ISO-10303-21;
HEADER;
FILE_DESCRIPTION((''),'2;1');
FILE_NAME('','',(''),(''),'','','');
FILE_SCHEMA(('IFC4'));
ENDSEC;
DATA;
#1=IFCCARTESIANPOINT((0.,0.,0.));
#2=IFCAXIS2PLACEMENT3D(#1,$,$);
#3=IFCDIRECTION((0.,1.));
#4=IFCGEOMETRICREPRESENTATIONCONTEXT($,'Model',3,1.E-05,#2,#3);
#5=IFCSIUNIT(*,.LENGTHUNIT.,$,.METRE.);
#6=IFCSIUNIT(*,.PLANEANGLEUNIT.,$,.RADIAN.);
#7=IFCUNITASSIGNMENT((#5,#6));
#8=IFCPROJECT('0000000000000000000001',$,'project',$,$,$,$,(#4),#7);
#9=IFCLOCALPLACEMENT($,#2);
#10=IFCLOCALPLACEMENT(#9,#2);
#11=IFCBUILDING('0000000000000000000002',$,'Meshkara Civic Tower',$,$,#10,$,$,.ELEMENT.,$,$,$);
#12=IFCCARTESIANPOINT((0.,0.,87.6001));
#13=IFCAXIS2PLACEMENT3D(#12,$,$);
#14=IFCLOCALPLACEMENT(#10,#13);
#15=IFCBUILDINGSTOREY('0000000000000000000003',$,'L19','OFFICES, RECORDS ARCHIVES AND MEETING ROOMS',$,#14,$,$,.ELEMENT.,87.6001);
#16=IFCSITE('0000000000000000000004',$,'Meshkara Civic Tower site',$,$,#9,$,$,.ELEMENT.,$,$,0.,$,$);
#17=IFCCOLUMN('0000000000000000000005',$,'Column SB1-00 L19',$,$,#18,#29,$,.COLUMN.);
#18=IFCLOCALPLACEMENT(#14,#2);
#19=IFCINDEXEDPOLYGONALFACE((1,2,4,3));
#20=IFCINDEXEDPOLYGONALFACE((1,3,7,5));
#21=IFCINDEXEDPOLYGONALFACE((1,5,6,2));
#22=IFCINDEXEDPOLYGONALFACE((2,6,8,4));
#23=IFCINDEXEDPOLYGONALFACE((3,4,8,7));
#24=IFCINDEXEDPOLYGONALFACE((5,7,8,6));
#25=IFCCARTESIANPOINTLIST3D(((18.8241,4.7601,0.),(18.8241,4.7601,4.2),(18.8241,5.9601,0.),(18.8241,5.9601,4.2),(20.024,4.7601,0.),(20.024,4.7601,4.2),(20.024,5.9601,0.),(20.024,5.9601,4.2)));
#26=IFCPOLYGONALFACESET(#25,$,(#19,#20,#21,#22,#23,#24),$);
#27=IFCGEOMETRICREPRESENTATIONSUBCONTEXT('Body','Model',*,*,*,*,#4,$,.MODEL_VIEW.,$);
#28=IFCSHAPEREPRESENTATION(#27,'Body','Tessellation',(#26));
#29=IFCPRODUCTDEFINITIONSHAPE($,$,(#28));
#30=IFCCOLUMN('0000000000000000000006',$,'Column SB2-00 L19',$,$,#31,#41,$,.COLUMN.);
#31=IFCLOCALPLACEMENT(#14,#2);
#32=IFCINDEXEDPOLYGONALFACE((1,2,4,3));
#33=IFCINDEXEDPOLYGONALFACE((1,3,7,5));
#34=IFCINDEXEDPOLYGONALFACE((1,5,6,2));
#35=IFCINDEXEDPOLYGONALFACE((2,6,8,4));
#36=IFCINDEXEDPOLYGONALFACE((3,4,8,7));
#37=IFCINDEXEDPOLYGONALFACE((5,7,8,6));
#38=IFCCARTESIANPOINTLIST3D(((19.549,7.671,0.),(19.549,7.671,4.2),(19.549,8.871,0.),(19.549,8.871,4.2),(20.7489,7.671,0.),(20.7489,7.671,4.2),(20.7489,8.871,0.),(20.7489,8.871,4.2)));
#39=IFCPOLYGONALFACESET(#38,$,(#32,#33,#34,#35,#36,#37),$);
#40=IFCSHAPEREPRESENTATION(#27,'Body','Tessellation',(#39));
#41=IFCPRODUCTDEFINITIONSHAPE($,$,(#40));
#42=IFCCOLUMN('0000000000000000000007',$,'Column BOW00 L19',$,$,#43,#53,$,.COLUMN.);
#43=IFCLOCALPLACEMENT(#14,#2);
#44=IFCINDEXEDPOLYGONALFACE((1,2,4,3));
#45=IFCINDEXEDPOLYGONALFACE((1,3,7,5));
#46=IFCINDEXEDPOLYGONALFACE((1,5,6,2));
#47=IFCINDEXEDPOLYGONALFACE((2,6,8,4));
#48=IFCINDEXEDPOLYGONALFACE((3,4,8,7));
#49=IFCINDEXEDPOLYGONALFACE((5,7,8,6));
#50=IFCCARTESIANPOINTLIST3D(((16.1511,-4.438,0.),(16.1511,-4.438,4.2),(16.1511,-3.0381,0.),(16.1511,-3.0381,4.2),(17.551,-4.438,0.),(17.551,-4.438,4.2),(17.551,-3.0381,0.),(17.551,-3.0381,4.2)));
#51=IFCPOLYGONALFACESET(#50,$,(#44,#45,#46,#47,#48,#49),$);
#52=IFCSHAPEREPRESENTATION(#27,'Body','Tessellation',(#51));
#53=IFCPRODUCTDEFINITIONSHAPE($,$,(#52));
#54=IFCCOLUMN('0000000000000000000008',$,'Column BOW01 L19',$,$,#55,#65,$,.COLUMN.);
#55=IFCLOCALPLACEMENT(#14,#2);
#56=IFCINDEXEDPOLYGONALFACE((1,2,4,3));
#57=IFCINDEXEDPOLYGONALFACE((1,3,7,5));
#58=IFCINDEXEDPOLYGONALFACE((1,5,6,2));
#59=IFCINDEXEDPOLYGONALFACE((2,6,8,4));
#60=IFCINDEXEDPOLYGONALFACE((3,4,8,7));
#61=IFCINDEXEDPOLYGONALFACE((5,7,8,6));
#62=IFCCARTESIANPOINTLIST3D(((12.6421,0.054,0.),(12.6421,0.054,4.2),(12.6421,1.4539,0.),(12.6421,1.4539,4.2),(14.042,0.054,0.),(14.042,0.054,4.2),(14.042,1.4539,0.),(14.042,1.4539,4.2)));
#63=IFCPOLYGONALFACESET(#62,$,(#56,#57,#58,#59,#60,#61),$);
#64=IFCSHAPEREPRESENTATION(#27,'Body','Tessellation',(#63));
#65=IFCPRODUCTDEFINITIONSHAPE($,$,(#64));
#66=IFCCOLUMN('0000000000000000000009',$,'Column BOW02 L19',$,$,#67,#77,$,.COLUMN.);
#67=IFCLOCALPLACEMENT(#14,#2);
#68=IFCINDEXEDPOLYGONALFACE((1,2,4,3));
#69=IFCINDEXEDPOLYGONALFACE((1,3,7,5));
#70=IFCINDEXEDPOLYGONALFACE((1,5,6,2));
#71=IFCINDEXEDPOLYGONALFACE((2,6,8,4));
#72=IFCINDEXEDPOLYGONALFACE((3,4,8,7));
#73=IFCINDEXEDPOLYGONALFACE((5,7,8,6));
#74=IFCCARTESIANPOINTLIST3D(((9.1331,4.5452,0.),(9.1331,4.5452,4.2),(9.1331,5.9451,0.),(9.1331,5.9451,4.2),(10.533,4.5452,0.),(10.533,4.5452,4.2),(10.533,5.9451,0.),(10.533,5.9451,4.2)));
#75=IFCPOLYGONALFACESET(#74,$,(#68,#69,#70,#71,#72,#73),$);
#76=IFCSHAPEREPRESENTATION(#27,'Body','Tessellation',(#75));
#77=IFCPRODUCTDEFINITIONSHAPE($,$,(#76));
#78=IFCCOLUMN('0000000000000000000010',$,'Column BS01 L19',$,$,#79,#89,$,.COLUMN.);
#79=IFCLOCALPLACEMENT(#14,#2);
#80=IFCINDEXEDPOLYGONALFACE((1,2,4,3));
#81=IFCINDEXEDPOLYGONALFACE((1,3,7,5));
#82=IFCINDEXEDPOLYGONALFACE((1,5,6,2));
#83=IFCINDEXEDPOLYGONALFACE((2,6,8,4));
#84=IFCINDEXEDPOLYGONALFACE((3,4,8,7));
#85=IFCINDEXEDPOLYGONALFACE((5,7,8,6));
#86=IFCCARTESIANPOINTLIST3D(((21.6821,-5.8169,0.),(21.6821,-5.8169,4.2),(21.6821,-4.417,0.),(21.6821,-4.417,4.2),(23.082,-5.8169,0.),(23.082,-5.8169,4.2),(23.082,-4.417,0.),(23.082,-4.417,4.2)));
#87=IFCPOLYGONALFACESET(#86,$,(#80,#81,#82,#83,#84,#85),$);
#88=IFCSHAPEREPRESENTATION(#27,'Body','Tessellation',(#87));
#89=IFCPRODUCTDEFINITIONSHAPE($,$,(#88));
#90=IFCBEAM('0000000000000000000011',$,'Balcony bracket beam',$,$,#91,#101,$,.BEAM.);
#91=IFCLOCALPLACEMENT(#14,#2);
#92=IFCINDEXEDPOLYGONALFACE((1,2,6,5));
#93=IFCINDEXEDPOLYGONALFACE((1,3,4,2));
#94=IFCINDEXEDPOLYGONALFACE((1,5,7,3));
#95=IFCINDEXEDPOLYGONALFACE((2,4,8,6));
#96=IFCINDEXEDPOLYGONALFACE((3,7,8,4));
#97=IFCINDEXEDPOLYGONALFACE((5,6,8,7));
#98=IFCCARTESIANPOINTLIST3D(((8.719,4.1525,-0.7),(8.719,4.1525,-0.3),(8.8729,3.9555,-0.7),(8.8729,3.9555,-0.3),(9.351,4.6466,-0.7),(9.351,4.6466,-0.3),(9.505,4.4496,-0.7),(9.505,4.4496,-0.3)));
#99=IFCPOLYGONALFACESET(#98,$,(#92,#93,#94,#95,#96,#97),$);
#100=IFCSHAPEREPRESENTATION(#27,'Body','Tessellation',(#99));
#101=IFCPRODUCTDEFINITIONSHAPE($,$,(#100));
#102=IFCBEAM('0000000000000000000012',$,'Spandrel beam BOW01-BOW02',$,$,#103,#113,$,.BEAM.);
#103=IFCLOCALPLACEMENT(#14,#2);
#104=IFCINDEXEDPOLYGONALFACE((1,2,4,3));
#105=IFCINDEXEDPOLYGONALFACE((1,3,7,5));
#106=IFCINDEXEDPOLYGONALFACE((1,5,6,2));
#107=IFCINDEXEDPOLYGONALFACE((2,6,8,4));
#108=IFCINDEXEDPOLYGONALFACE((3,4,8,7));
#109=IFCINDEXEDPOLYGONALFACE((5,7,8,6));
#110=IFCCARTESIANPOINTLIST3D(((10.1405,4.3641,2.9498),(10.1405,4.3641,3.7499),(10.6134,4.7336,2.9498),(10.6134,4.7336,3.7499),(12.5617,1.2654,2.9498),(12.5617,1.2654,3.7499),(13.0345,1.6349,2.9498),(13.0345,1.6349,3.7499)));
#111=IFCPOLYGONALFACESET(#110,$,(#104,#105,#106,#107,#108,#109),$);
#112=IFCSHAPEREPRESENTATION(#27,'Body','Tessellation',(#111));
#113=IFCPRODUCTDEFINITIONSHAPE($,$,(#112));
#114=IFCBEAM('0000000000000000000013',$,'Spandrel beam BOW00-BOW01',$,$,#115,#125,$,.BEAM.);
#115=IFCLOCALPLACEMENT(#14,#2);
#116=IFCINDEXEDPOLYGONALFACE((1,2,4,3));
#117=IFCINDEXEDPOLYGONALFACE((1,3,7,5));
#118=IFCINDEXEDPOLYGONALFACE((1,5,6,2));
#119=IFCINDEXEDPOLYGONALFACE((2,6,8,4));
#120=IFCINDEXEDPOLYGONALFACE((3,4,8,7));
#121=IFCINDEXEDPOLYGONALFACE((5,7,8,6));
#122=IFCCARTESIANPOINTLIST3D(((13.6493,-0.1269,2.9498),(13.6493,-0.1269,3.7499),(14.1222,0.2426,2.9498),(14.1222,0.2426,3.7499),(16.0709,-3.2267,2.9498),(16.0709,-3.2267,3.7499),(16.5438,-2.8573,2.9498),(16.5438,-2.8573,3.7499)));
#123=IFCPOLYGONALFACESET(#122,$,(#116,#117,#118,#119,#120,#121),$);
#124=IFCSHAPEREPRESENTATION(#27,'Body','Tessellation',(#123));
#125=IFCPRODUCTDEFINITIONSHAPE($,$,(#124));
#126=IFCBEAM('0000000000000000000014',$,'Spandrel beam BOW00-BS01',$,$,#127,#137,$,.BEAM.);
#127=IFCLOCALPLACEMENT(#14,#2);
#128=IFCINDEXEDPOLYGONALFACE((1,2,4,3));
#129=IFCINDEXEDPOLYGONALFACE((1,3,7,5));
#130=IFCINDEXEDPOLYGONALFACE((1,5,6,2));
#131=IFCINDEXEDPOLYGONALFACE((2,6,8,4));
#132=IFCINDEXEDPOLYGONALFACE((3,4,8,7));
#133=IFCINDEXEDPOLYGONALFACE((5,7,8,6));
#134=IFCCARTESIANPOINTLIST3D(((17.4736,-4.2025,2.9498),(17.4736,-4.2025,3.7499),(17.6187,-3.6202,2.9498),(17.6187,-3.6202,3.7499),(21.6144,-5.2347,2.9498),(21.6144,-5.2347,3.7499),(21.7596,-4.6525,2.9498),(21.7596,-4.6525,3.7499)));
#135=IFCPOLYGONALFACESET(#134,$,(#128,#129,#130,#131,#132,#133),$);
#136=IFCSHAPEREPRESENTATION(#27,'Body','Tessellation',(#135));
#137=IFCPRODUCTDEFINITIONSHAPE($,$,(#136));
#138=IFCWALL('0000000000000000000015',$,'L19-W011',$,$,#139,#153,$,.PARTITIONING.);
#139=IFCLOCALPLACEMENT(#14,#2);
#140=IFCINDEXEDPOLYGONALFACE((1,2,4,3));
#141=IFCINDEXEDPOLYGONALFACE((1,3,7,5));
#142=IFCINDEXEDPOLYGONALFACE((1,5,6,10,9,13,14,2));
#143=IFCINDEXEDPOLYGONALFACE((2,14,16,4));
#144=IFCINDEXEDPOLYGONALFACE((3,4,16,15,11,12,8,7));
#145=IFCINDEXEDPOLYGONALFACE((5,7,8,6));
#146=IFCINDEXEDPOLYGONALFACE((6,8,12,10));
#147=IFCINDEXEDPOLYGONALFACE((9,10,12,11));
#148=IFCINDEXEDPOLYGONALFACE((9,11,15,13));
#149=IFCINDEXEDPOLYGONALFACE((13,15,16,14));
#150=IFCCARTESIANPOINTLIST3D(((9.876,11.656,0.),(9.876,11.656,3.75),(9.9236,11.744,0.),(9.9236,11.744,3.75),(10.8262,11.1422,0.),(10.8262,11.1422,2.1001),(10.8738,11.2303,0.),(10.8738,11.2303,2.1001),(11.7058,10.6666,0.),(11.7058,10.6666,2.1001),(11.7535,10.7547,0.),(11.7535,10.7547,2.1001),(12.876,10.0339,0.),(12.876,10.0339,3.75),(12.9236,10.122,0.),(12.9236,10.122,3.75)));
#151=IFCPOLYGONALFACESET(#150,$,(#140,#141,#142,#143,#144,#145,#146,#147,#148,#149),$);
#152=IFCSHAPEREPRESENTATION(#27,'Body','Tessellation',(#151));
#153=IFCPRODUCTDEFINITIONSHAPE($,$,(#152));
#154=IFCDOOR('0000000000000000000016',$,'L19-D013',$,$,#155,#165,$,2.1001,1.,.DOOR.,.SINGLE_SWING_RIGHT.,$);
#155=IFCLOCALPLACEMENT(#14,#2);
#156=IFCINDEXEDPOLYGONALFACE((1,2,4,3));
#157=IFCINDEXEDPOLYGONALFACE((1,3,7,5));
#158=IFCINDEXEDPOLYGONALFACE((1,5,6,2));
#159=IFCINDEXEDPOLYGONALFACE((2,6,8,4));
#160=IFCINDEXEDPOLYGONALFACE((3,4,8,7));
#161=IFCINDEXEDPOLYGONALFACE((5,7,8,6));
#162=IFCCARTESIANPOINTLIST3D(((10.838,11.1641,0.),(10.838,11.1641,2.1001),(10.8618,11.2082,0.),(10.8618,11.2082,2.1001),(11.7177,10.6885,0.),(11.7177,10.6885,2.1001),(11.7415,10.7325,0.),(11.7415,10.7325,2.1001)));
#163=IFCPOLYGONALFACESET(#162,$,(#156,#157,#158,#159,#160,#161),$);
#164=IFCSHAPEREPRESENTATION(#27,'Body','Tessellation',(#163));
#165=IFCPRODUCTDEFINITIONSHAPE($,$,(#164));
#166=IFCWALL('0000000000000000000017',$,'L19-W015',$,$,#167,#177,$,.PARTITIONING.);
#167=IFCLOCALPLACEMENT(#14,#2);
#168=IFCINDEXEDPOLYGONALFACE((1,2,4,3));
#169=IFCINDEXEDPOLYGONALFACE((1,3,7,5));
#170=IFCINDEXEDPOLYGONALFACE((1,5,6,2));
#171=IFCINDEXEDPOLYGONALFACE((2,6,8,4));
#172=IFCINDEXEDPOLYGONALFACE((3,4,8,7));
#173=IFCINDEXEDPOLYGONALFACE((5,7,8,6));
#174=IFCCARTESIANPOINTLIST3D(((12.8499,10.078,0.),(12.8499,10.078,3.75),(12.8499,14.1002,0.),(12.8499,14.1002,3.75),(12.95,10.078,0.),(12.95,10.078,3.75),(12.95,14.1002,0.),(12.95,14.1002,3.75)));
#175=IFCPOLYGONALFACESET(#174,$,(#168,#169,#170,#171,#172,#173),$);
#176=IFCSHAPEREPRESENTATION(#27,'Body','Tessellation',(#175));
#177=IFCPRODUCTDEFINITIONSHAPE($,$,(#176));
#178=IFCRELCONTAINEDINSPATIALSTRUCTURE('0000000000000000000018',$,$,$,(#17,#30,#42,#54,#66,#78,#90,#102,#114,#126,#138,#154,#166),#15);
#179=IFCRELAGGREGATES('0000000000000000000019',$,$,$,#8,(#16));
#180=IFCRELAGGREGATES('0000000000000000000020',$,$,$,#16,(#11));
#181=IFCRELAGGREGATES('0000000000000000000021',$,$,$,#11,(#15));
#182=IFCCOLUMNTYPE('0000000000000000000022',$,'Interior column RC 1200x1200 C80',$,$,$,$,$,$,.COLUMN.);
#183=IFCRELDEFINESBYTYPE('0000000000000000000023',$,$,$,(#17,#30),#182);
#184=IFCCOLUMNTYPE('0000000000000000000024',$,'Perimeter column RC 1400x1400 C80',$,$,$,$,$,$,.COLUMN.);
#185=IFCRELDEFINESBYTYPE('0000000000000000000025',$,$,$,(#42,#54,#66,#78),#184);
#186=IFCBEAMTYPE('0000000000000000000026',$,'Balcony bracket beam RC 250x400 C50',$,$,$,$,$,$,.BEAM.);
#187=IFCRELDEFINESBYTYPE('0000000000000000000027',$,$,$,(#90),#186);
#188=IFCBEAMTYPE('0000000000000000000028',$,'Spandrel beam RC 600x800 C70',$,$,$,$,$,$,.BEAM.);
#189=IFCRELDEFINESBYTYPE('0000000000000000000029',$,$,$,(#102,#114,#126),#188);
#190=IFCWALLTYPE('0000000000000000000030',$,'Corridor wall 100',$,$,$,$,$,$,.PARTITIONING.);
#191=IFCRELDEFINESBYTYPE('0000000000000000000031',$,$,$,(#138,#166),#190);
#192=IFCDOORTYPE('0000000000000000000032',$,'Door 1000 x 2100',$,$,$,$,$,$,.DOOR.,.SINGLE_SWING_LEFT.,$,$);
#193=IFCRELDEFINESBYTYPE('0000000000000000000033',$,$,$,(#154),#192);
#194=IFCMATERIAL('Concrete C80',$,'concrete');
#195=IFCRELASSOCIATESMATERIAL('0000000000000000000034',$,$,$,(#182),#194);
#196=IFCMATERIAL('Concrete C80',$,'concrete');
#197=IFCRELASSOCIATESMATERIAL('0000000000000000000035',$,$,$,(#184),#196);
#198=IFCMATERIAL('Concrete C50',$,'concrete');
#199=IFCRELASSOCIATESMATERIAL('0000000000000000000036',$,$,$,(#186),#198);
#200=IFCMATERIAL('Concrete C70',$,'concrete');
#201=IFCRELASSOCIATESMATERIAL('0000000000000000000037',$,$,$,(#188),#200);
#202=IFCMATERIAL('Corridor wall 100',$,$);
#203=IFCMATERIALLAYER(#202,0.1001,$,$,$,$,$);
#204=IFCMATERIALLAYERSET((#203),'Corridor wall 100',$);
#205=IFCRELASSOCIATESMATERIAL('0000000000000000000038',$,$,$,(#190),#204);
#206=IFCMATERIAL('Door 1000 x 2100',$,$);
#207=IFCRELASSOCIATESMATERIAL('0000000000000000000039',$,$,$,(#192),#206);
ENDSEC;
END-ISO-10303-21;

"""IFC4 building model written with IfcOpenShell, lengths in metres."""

from ifc_helpers import new_model, si_unit, direction, frame, frame_2d, origin, origin_2d, place, context, subcontext, project, spatial, rectangle, extrude, material, layer, layer_set, material_profile, profile_set, type_object, element, fill, save


model = new_model("IFC4")

# Units and contexts
model_context = context("Model", 3, precision=1e-05, world=origin(), true_north=direction((0.0, 1.0)))
body_context = subcontext(model_context, "Body", "Model", "MODEL_VIEW")
ifc_project = project(units=[si_unit("LENGTHUNIT", "METRE"), si_unit("PLANEANGLEUNIT", "RADIAN")], contexts=[model_context])

# Site, building, storey
site_placement = place(None, origin())
site = spatial("IfcSite", under=ifc_project, at=site_placement, Name="Meshkara Civic Tower site", CompositionType="ELEMENT", RefElevation=0.0)
building_placement = place(site_placement, origin())
building = spatial("IfcBuilding", under=site, at=building_placement, Name="Meshkara Civic Tower", CompositionType="ELEMENT")
storey_placement = place(building_placement, frame((0.0, 0.0, 87.6001)))
storey = spatial("IfcBuildingStorey", under=building, at=storey_placement, Name="L19", Description="OFFICES, RECORDS ARCHIVES AND MEETING ROOMS", CompositionType="ELEMENT", Elevation=87.6001)

# Columns
ifc_material_1 = material(Name="Concrete C80", Category="concrete")
ifc_material_profile_1 = material_profile(ifc_material_1, rectangle(XDim=1.2, YDim=1.2, at=origin_2d()))
ifc_profile_set_1 = profile_set([ifc_material_profile_1], Name="Concrete C80")
column_type_1 = type_object("IfcColumnType", Name="Interior column RC 1200x1200 C80", PredefinedType="COLUMN", material=ifc_profile_set_1)
for number, where, z_axis, x_axis, name in (
    (1, (19.4241, 5.3601, 0.0), (0.0, 0.0, 1.0), (1.0, 0.0, 0.0), "Column SB1-00 L19"),
    (2, (20.1489, 8.271, 0.0), (0.0, 0.0, 1.0), (1.0, 0.0, 0.0), "Column SB2-00 L19"),
):
    element("IfcColumn", number, at=place(storey_placement, frame(where, z_axis=z_axis, x_axis=x_axis)), inside=storey, type_object=column_type_1, Name=name, PredefinedType="COLUMN", context=body_context, shape_type="SweptSolid", body=[
        extrude(rectangle(XDim=1.2, YDim=1.2, at=origin_2d()), origin(), (0.0, 0.0, 1.0), 4.2),
    ])
ifc_material_2 = material(Name="Concrete C80", Category="concrete")
ifc_material_profile_2 = material_profile(ifc_material_2, rectangle(XDim=1.3999, YDim=1.3999, at=origin_2d()))
ifc_profile_set_2 = profile_set([ifc_material_profile_2], Name="Concrete C80")
column_type_2 = type_object("IfcColumnType", Name="Perimeter column RC 1400x1400 C80", PredefinedType="COLUMN", material=ifc_profile_set_2)
for number, where, z_axis, x_axis, name in (
    (3, (16.8511, -3.738, 0.0), (0.0, 0.0, 1.0), (1.0, 0.0, 0.0), "Column BOW00 L19"),
    (4, (13.342, 0.7539, 0.0), (0.0, 0.0, 1.0), (1.0, 0.0, 0.0), "Column BOW01 L19"),
    (5, (9.833, 5.2451, 0.0), (0.0, 0.0, 1.0), (1.0, 0.0, 0.0), "Column BOW02 L19"),
    (6, (22.3821, -5.1169, 0.0), (0.0, 0.0, 1.0), (1.0, 0.0, 0.0), "Column BS01 L19"),
):
    element("IfcColumn", number, at=place(storey_placement, frame(where, z_axis=z_axis, x_axis=x_axis)), inside=storey, type_object=column_type_2, Name=name, PredefinedType="COLUMN", context=body_context, shape_type="SweptSolid", body=[
        extrude(rectangle(XDim=1.3999, YDim=1.3999, at=origin_2d()), origin(), (0.0, 0.0, 1.0), 4.2),
    ])

# Beams
ifc_material_3 = material(Name="Concrete C50", Category="concrete")
ifc_material_profile_3 = material_profile(ifc_material_3, rectangle(XDim=0.25, YDim=0.3999, at=origin_2d()))
ifc_profile_set_3 = profile_set([ifc_material_profile_3], Name="Concrete C50")
beam_type_1 = type_object("IfcBeamType", Name="Balcony bracket beam RC 250x400 C50", PredefinedType="BEAM", material=ifc_profile_set_3)
beam_1_placement = place(storey_placement, frame((9.428, 4.5481, -0.5), z_axis=(-0.787826, -0.615898, 0.0), x_axis=(0.615898, -0.787826, 0.0)))
element("IfcBeam", 7, at=beam_1_placement, inside=storey, type_object=beam_type_1, Name="Balcony bracket beam", PredefinedType="BEAM", context=body_context, shape_type="SweptSolid", body=[
    extrude(rectangle(XDim=0.25, YDim=0.3999, at=origin_2d()), origin(), (0.0, 0.0, 1.0), 0.8022),
])
ifc_material_4 = material(Name="Concrete C70", Category="concrete")
ifc_material_profile_4 = material_profile(ifc_material_4, rectangle(XDim=0.6001, YDim=0.8, at=origin_2d()))
ifc_profile_set_4 = profile_set([ifc_material_profile_4], Name="Concrete C70")
beam_type_2 = type_object("IfcBeamType", Name="Spandrel beam RC 600x800 C70", PredefinedType="BEAM", material=ifc_profile_set_4)
beam_2_placement = place(storey_placement, frame((10.377, 4.5488, 3.3499), z_axis=(0.615697, -0.787983, 0.0), x_axis=(0.787983, 0.615697, 0.0)))
element("IfcBeam", 8, at=beam_2_placement, inside=storey, type_object=beam_type_2, Name="Spandrel beam BOW01-BOW02", PredefinedType="BEAM", context=body_context, shape_type="SweptSolid", body=[
    extrude(rectangle(XDim=0.6001, YDim=0.8, at=origin_2d()), origin(), (0.0, 0.0, 1.0), 3.9324),
])
beam_3_placement = place(storey_placement, frame((13.8857, 0.0579, 3.3499), z_axis=(0.615624, -0.78804, 0.0), x_axis=(0.78804, 0.615624, 0.0)))
element("IfcBeam", 9, at=beam_3_placement, inside=storey, type_object=beam_type_2, Name="Spandrel beam BOW00-BOW01", PredefinedType="BEAM", context=body_context, shape_type="SweptSolid", body=[
    extrude(rectangle(XDim=0.6001, YDim=0.8, at=origin_2d()), origin(), (0.0, 0.0, 1.0), 3.9336),
])
beam_4_placement = place(storey_placement, frame((17.5461, -3.9114, 3.3499), z_axis=(0.970307, -0.241876, 0.0), x_axis=(0.241876, 0.970307, 0.0)))
element("IfcBeam", 10, at=beam_4_placement, inside=storey, type_object=beam_type_2, Name="Spandrel beam BOW00-BS01", PredefinedType="BEAM", context=body_context, shape_type="SweptSolid", body=[
    extrude(rectangle(XDim=0.6001, YDim=0.8, at=origin_2d()), origin(), (0.0, 0.0, 1.0), 4.2676),
])

# Wall, opening, door
ifc_material_5 = material(Name="Corridor wall 100")
ifc_layer_1 = layer(ifc_material_5, 0.1001)
ifc_layer_set_1 = layer_set([ifc_layer_1], Name="Corridor wall 100")
wall_type_1 = type_object("IfcWallType", Name="Corridor wall 100", PredefinedType="PARTITIONING", material=ifc_layer_set_1)
wall_1_placement = place(storey_placement, frame((9.8999, 11.7, 0.0), z_axis=(0.0, 0.0, 1.0), x_axis=(0.879651, -0.475619, 0.0)))
wall_1 = element("IfcWall", 11, at=wall_1_placement, inside=storey, type_object=wall_type_1, Name="L19-W011", PredefinedType="PARTITIONING", context=body_context, shape_type="SweptSolid", body=[
    extrude(rectangle(XDim=3.4104, YDim=0.1001, at=frame_2d((1.7051, 0.0))), origin(), (0.0, 0.0, 1.0), 3.75),
])
opening_1_placement = place(wall_1_placement, frame((1.0801, 0.0, 0.0)))
opening_1 = element("IfcOpeningElement", 12, at=opening_1_placement, cuts=wall_1, PredefinedType="OPENING", context=body_context, shape_type="SweptSolid", body=[
    extrude(rectangle(XDim=1.0, YDim=2.1001, at=frame_2d((0.5, 1.05))), frame((0.0, 0.0601, 0.0), z_axis=(0.0, -1.0, 0.0), x_axis=(1.0, 0.0, 0.0)), (0.0, 0.0, 1.0), 0.1201),
])
ifc_material_6 = material(Name="Door 1000 x 2100")
door_type_1 = type_object("IfcDoorType", Name="Door 1000 x 2100", OperationType="SINGLE_SWING_LEFT", PredefinedType="DOOR", material=ifc_material_6)
door_1_placement = place(opening_1_placement, origin())
door_1 = element("IfcDoor", 13, at=door_1_placement, inside=storey, type_object=door_type_1, Name="L19-D013", OperationType="SINGLE_SWING_RIGHT", OverallHeight=2.1001, OverallWidth=1.0, PredefinedType="DOOR", context=body_context, shape_type="SweptSolid", body=[
    extrude(rectangle(XDim=1.0, YDim=2.1001, at=frame_2d((0.5, 1.05))), frame((0.0, 0.0249, 0.0), z_axis=(0.0, -1.0, 0.0), x_axis=(1.0, 0.0, 0.0)), (0.0, 0.0, 1.0), 0.05),
])
fill(opening_1, door_1)

# Wall
wall_2_placement = place(storey_placement, frame((12.8999, 10.0779, 0.0), z_axis=(0.0, 0.0, 1.0), x_axis=(0.0, 1.0, 0.0)))
element("IfcWall", 14, at=wall_2_placement, inside=storey, type_object=wall_type_1, Name="L19-W015", PredefinedType="PARTITIONING", context=body_context, shape_type="SweptSolid", body=[
    extrude(rectangle(XDim=4.0222, YDim=0.1001, at=frame_2d((2.0112, 0.0))), origin(), (0.0, 0.0, 1.0), 3.75),
])

save(model, "model.ifc")
